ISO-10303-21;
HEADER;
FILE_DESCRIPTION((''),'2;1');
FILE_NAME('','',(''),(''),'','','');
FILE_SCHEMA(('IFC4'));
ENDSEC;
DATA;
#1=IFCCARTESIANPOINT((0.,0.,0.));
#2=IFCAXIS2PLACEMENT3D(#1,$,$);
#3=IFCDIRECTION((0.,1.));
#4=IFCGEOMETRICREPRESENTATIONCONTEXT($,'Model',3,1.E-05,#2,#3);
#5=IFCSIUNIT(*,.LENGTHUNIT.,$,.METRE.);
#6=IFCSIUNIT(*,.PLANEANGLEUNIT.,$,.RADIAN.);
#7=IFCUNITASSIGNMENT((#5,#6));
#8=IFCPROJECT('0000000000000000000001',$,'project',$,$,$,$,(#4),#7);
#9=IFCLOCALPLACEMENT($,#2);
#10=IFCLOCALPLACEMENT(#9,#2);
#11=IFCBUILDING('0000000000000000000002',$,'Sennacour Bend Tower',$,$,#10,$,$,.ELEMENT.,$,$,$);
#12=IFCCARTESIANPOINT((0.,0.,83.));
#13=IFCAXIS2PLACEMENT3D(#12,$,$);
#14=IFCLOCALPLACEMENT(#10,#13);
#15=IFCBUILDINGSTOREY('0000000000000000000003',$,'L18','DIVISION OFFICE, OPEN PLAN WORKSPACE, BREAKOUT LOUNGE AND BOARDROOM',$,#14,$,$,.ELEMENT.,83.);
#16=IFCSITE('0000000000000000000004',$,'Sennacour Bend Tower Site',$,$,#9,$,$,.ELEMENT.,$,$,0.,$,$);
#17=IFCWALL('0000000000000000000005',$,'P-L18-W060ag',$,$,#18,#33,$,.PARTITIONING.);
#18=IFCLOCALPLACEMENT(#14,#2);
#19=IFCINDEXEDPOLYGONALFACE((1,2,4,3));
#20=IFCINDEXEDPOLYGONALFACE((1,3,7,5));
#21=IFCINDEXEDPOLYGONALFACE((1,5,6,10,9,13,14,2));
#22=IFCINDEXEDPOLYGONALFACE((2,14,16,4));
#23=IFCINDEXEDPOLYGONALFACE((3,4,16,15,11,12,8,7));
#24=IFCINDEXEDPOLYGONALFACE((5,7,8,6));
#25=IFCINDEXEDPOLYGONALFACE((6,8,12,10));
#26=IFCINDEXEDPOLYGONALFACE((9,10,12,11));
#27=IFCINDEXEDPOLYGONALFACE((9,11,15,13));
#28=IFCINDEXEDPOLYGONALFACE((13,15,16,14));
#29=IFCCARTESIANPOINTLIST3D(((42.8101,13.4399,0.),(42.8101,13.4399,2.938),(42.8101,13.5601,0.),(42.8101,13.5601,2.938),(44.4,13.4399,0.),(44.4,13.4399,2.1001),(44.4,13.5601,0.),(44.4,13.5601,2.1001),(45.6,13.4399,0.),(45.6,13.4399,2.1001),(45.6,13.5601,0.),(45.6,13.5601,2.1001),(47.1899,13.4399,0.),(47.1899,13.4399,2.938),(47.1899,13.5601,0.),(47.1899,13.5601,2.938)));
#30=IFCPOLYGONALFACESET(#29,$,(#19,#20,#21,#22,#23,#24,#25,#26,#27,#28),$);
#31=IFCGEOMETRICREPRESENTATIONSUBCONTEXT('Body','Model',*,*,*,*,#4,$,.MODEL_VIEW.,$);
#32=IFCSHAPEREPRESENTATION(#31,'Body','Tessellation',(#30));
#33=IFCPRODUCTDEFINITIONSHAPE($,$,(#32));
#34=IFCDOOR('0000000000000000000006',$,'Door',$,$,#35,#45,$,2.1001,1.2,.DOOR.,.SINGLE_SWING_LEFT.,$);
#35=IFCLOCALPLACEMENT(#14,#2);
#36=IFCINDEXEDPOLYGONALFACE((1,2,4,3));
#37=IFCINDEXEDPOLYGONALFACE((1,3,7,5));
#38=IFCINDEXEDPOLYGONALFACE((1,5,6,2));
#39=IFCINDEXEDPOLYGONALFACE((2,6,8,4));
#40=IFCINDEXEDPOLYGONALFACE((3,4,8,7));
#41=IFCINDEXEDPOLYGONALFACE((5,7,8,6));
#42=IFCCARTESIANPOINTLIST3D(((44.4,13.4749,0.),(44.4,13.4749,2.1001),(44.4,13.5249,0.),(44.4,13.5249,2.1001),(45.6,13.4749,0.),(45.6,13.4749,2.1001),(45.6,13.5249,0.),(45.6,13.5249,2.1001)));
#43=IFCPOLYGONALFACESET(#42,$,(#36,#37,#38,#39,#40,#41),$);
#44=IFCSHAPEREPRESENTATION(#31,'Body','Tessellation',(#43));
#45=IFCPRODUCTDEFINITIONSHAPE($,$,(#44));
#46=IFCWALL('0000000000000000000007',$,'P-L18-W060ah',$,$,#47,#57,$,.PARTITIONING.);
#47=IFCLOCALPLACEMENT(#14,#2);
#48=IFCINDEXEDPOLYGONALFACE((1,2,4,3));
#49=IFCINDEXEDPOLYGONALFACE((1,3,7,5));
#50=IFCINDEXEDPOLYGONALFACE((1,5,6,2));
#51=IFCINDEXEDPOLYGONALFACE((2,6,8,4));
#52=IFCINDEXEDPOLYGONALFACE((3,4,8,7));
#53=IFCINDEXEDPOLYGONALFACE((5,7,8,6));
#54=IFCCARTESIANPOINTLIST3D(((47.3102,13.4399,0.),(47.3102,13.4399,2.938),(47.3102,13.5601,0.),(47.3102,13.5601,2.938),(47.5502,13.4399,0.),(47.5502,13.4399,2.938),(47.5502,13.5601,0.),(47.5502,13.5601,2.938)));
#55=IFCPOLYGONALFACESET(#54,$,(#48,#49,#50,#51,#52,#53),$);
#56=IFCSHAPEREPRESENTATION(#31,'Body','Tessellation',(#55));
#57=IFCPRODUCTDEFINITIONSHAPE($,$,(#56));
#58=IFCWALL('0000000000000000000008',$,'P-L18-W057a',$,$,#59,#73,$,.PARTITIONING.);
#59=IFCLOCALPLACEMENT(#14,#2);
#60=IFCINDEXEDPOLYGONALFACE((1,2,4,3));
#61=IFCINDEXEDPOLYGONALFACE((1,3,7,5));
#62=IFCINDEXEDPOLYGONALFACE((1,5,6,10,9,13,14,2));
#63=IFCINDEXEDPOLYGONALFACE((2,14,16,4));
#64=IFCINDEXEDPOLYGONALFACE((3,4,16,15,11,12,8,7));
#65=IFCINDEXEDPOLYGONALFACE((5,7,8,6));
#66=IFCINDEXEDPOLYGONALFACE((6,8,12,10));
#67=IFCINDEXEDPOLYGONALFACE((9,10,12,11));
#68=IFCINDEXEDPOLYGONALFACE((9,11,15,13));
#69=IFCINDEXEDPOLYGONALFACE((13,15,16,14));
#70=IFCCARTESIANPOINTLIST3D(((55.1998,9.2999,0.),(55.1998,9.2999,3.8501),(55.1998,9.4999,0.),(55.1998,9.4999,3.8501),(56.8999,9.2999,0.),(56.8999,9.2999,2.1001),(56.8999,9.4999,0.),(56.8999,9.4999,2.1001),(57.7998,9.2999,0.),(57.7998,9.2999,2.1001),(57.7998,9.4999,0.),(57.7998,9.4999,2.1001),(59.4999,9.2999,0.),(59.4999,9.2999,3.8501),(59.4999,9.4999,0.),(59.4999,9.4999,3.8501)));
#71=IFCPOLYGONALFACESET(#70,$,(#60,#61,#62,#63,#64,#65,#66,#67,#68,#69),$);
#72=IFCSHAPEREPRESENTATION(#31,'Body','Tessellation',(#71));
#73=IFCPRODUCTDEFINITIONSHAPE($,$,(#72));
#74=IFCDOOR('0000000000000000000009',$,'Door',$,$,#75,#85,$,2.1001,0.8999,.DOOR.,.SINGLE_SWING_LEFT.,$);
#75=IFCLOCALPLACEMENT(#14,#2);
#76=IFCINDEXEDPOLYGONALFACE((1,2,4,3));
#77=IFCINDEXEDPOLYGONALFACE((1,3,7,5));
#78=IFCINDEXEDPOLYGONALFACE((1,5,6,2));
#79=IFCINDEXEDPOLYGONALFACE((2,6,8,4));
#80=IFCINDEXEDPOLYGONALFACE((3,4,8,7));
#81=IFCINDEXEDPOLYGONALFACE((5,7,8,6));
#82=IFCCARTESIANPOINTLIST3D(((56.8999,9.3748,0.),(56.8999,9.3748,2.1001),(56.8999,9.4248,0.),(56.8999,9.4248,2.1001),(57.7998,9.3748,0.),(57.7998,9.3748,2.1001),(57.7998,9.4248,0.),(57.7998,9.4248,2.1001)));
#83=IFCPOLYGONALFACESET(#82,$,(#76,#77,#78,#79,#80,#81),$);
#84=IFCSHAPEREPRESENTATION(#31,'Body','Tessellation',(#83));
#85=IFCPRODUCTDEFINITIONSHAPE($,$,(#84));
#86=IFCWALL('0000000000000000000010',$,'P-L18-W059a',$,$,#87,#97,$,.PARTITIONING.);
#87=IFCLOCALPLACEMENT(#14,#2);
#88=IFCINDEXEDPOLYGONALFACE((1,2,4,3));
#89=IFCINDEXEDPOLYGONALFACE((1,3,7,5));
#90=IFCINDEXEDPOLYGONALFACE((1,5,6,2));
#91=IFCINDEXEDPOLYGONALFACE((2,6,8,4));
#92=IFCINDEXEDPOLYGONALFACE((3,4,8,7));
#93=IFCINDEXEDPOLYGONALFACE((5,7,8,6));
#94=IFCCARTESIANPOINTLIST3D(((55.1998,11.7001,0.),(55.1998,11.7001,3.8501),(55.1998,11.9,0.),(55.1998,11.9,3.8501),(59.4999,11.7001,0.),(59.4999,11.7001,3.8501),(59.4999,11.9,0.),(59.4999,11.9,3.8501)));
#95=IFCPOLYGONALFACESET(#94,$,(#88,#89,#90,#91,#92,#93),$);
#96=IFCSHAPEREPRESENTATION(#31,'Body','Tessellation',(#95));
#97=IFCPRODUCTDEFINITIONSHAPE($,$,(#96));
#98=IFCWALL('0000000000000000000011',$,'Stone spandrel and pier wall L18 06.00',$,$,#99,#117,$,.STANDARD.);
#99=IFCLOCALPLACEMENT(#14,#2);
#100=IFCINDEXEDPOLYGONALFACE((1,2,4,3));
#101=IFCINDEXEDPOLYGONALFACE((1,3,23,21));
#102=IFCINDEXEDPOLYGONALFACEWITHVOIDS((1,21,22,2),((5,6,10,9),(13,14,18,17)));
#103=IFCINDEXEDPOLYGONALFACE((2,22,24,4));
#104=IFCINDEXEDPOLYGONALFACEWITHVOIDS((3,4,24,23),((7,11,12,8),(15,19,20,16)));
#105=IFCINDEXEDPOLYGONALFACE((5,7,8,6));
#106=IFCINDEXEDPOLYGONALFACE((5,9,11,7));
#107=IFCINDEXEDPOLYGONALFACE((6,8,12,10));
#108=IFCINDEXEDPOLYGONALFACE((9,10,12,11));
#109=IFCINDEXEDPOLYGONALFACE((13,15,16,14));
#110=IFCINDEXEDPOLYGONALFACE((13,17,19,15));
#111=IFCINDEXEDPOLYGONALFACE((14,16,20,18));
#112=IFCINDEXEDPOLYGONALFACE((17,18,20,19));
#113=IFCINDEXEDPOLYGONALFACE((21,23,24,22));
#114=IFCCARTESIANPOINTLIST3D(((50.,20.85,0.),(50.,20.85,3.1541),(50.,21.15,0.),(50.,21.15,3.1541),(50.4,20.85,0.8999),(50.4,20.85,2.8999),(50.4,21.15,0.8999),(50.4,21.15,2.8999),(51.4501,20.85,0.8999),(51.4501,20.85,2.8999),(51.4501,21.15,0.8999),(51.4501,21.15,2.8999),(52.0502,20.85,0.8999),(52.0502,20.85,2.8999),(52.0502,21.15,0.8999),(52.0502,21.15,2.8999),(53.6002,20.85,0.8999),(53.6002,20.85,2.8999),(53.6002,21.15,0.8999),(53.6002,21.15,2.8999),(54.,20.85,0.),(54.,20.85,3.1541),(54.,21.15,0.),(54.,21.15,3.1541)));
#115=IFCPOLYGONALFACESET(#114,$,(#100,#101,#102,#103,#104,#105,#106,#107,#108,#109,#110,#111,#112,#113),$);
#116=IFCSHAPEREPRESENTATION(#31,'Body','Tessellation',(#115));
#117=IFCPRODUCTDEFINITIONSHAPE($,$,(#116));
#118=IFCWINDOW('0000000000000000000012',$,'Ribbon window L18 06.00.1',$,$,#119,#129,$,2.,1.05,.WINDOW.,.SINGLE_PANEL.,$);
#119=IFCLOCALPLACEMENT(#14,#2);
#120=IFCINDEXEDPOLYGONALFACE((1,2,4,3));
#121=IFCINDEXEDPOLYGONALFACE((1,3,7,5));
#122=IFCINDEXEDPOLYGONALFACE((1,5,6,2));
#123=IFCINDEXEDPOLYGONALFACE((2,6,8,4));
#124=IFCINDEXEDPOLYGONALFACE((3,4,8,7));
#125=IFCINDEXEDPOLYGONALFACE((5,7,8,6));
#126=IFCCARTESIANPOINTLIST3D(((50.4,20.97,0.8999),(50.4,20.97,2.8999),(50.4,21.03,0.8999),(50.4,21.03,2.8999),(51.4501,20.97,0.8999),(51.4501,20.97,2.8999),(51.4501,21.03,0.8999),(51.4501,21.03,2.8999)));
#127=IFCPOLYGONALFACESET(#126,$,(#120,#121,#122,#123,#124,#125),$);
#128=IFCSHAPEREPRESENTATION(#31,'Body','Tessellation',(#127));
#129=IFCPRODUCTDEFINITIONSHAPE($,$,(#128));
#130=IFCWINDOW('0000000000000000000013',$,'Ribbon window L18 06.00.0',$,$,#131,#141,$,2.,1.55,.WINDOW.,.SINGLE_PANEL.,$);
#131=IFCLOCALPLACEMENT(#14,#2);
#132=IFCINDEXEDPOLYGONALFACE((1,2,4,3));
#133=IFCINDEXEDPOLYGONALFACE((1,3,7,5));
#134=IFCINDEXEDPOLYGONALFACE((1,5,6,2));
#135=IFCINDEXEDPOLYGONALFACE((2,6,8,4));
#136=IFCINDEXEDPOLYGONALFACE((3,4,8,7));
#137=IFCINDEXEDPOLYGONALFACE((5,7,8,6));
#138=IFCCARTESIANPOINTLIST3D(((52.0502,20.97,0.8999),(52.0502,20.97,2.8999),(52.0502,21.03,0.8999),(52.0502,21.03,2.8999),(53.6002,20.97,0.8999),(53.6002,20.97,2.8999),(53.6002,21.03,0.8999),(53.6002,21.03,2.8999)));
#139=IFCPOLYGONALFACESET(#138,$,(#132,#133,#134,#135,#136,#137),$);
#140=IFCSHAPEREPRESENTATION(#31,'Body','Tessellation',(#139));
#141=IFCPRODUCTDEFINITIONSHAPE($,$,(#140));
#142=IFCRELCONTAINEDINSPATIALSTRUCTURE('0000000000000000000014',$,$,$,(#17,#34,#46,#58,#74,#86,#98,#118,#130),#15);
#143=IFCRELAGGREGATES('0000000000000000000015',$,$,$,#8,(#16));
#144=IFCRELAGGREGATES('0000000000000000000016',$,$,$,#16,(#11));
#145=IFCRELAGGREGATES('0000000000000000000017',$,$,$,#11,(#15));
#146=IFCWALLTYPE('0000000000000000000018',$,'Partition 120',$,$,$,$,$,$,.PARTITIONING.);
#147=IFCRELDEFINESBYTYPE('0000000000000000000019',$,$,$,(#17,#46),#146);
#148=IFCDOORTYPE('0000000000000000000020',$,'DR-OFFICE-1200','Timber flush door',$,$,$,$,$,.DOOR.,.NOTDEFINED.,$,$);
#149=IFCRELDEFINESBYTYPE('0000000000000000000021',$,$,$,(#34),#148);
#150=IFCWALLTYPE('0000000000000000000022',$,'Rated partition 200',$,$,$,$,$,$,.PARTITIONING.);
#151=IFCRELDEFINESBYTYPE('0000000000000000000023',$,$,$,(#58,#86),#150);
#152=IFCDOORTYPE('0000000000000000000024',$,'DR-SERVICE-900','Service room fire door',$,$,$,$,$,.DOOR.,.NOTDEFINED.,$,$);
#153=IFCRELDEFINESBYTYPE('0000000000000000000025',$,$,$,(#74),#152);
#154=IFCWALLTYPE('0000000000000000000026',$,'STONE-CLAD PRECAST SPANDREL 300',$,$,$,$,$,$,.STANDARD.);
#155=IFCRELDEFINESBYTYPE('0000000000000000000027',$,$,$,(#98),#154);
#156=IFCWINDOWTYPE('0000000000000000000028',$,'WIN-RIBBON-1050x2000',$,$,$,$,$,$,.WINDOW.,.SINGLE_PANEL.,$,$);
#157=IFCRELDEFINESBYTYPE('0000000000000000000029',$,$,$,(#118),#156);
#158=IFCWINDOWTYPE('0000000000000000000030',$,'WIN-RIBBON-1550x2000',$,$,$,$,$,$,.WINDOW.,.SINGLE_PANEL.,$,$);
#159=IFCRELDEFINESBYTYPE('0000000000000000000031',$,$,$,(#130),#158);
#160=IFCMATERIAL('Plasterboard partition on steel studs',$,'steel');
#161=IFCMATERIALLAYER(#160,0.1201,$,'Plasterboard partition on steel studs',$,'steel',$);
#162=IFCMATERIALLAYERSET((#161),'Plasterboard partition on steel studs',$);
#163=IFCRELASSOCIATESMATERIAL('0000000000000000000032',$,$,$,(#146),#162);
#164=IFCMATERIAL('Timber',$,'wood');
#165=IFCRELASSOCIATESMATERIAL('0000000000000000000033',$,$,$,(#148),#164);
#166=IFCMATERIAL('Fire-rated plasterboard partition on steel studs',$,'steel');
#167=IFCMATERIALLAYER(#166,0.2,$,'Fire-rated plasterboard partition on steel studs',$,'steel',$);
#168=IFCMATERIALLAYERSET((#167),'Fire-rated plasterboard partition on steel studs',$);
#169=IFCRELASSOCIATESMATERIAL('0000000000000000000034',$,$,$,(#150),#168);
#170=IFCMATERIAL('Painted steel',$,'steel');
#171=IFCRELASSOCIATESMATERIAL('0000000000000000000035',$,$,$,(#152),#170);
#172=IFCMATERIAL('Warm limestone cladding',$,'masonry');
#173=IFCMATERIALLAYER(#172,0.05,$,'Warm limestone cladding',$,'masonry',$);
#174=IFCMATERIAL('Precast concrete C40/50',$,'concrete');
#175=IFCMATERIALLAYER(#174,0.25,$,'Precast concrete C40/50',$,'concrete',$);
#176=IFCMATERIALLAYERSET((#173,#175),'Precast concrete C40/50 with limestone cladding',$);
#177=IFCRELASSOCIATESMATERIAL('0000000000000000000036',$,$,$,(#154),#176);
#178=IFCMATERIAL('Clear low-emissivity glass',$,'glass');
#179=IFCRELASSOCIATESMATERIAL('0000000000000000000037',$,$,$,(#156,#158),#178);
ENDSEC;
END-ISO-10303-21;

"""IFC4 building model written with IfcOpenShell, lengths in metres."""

from ifc_helpers import new_model, si_unit, direction, frame, frame_2d, origin, place, context, subcontext, project, spatial, rectangle, extrude, material, layer, layer_set, type_object, element, fill, save


model = new_model("IFC4")

# Units and contexts
model_context = context("Model", 3, precision=1e-05, world=origin(), true_north=direction((0.0, 1.0)))
body_context = subcontext(model_context, "Body", "Model", "MODEL_VIEW")
ifc_project = project(units=[si_unit("LENGTHUNIT", "METRE"), si_unit("PLANEANGLEUNIT", "RADIAN")], contexts=[model_context])

# Site, building, storey
site_placement = place(None, origin())
site = spatial("IfcSite", under=ifc_project, at=site_placement, Name="Sennacour Bend Tower Site", CompositionType="ELEMENT", RefElevation=0.0)
building_placement = place(site_placement, origin())
building = spatial("IfcBuilding", under=site, at=building_placement, Name="Sennacour Bend Tower", CompositionType="ELEMENT")
storey_placement = place(building_placement, frame((0.0, 0.0, 83.0)))
storey = spatial("IfcBuildingStorey", under=building, at=storey_placement, Name="L18", Description="DIVISION OFFICE, OPEN PLAN WORKSPACE, BREAKOUT LOUNGE AND BOARDROOM", CompositionType="ELEMENT", Elevation=83.0)

# Shared definitions
ifc_material_1 = material(Name="Plasterboard partition on steel studs", Category="steel")
ifc_layer_1 = layer(ifc_material_1, 0.1201, Name="Plasterboard partition on steel studs", Category="steel")
ifc_layer_set_1 = layer_set([ifc_layer_1], Name="Plasterboard partition on steel studs")
wall_type_1 = type_object("IfcWallType", Name="Partition 120", PredefinedType="PARTITIONING", material=ifc_layer_set_1)

# Wall, opening, door
wall_1_placement = place(storey_placement, frame((42.8101, 13.5, 0.0), z_axis=(0.0, 0.0, 1.0), x_axis=(1.0, 0.0, 0.0)))
wall_1 = element("IfcWall", 1, at=wall_1_placement, inside=storey, type_object=wall_type_1, Name="P-L18-W060ag", PredefinedType="PARTITIONING", context=body_context, shape_type="SweptSolid", body=[
    extrude(rectangle(XDim=4.3799, YDim=0.1201, at=frame_2d((2.1899, 0.0))), origin(), (0.0, 0.0, 1.0), 2.938),
])
opening_1_placement = place(wall_1_placement, frame((1.5898, 0.0, 0.0)))
opening_1 = element("IfcOpeningElement", 2, at=opening_1_placement, cuts=wall_1, PredefinedType="OPENING", context=body_context, shape_type="SweptSolid", body=[
    extrude(rectangle(XDim=1.2, YDim=2.1001, at=frame_2d((0.6001, 1.05))), frame((0.0, 0.0701, 0.0), z_axis=(0.0, -1.0, 0.0), x_axis=(1.0, 0.0, 0.0)), (0.0, 0.0, 1.0), 0.1401),
])
ifc_material_2 = material(Name="Timber", Category="wood")
door_type_1 = type_object("IfcDoorType", Name="DR-OFFICE-1200", Description="Timber flush door", OperationType="NOTDEFINED", PredefinedType="DOOR", material=ifc_material_2)
door_1_placement = place(opening_1_placement, origin())
door_1 = element("IfcDoor", 3, at=door_1_placement, inside=storey, type_object=door_type_1, Name="Door", OperationType="SINGLE_SWING_LEFT", OverallHeight=2.1001, OverallWidth=1.2, PredefinedType="DOOR", context=body_context, shape_type="SweptSolid", body=[
    extrude(rectangle(XDim=1.2, YDim=2.1001, at=frame_2d((0.6001, 1.05))), frame((0.0, 0.0249, 0.0), z_axis=(0.0, -1.0, 0.0), x_axis=(1.0, 0.0, 0.0)), (0.0, 0.0, 1.0), 0.05),
])
fill(opening_1, door_1)

# Wall
wall_2_placement = place(storey_placement, frame((47.3101, 13.5, 0.0), z_axis=(0.0, 0.0, 1.0), x_axis=(1.0, 0.0, 0.0)))
element("IfcWall", 4, at=wall_2_placement, inside=storey, type_object=wall_type_1, Name="P-L18-W060ah", PredefinedType="PARTITIONING", context=body_context, shape_type="SweptSolid", body=[
    extrude(rectangle(XDim=0.24, YDim=0.1201, at=frame_2d((0.1201, 0.0))), origin(), (0.0, 0.0, 1.0), 2.938),
])

# Wall, opening, door
ifc_material_3 = material(Name="Fire-rated plasterboard partition on steel studs", Category="steel")
ifc_layer_2 = layer(ifc_material_3, 0.2, Name="Fire-rated plasterboard partition on steel studs", Category="steel")
ifc_layer_set_2 = layer_set([ifc_layer_2], Name="Fire-rated plasterboard partition on steel studs")
wall_type_2 = type_object("IfcWallType", Name="Rated partition 200", PredefinedType="PARTITIONING", material=ifc_layer_set_2)
wall_3_placement = place(storey_placement, frame((55.2, 9.3999, 0.0), z_axis=(0.0, 0.0, 1.0), x_axis=(1.0, 0.0, 0.0)))
wall_3 = element("IfcWall", 5, at=wall_3_placement, inside=storey, type_object=wall_type_2, Name="P-L18-W057a", PredefinedType="PARTITIONING", context=body_context, shape_type="SweptSolid", body=[
    extrude(rectangle(XDim=4.3, YDim=0.2, at=frame_2d((2.1499, 0.0))), origin(), (0.0, 0.0, 1.0), 3.8501),
])
opening_2_placement = place(wall_3_placement, frame((1.7, 0.0, 0.0)))
opening_2 = element("IfcOpeningElement", 6, at=opening_2_placement, cuts=wall_3, PredefinedType="OPENING", context=body_context, shape_type="SweptSolid", body=[
    extrude(rectangle(XDim=0.8999, YDim=2.1001, at=frame_2d((0.45, 1.05))), frame((0.0, 0.1099, 0.0), z_axis=(0.0, -1.0, 0.0), x_axis=(1.0, 0.0, 0.0)), (0.0, 0.0, 1.0), 0.22),
])
ifc_material_4 = material(Name="Painted steel", Category="steel")
door_type_2 = type_object("IfcDoorType", Name="DR-SERVICE-900", Description="Service room fire door", OperationType="NOTDEFINED", PredefinedType="DOOR", material=ifc_material_4)
door_2_placement = place(opening_2_placement, origin())
door_2 = element("IfcDoor", 7, at=door_2_placement, inside=storey, type_object=door_type_2, Name="Door", OperationType="SINGLE_SWING_LEFT", OverallHeight=2.1001, OverallWidth=0.8999, PredefinedType="DOOR", context=body_context, shape_type="SweptSolid", body=[
    extrude(rectangle(XDim=0.8999, YDim=2.1001, at=frame_2d((0.45, 1.05))), frame((0.0, 0.0249, 0.0), z_axis=(0.0, -1.0, 0.0), x_axis=(1.0, 0.0, 0.0)), (0.0, 0.0, 1.0), 0.05),
])
fill(opening_2, door_2)

# Wall
wall_4_placement = place(storey_placement, frame((55.2, 11.8, 0.0), z_axis=(0.0, 0.0, 1.0), x_axis=(1.0, 0.0, 0.0)))
element("IfcWall", 8, at=wall_4_placement, inside=storey, type_object=wall_type_2, Name="P-L18-W059a", PredefinedType="PARTITIONING", context=body_context, shape_type="SweptSolid", body=[
    extrude(rectangle(XDim=4.3, YDim=0.2, at=frame_2d((2.1499, 0.0))), origin(), (0.0, 0.0, 1.0), 3.8501),
])

# Wall, openings, windows
ifc_material_5 = material(Name="Warm limestone cladding", Category="masonry")
ifc_layer_3 = layer(ifc_material_5, 0.05, Name="Warm limestone cladding", Category="masonry")
ifc_material_6 = material(Name="Precast concrete C40/50", Category="concrete")
ifc_layer_4 = layer(ifc_material_6, 0.25, Name="Precast concrete C40/50", Category="concrete")
ifc_layer_set_3 = layer_set([ifc_layer_3, ifc_layer_4], Name="Precast concrete C40/50 with limestone cladding")
wall_type_3 = type_object("IfcWallType", Name="STONE-CLAD PRECAST SPANDREL 300", PredefinedType="STANDARD", material=ifc_layer_set_3)
wall_5_placement = place(storey_placement, frame((54.0, 21.0, 0.0), z_axis=(0.0, 0.0, 1.0), x_axis=(-1.0, 0.0, 0.0)))
wall_5 = element("IfcWall", 9, at=wall_5_placement, inside=storey, type_object=wall_type_3, Name="Stone spandrel and pier wall L18 06.00", PredefinedType="STANDARD", context=body_context, shape_type="SweptSolid", body=[
    extrude(rectangle(XDim=4.0, YDim=0.3, at=frame_2d((2.0, 0.0))), origin(), (0.0, 0.0, 1.0), 3.1541),
])
opening_3_placement = place(wall_5_placement, frame((0.3999, 0.0, 0.8999)))
opening_3 = element("IfcOpeningElement", 10, at=opening_3_placement, cuts=wall_5, PredefinedType="OPENING", context=body_context, shape_type="SweptSolid", body=[
    extrude(rectangle(XDim=1.55, YDim=2.0, at=frame_2d((0.7749, 1.0))), frame((0.0, 0.1602, 0.0), z_axis=(0.0, -1.0, 0.0), x_axis=(1.0, 0.0, 0.0)), (0.0, 0.0, 1.0), 0.3201),
])
opening_4_placement = place(wall_5_placement, frame((2.55, 0.0, 0.8999)))
opening_4 = element("IfcOpeningElement", 11, at=opening_4_placement, cuts=wall_5, PredefinedType="OPENING", context=body_context, shape_type="SweptSolid", body=[
    extrude(rectangle(XDim=1.05, YDim=2.0, at=frame_2d((0.5249, 1.0))), frame((0.0, 0.1602, 0.0), z_axis=(0.0, -1.0, 0.0), x_axis=(1.0, 0.0, 0.0)), (0.0, 0.0, 1.0), 0.3201),
])
ifc_material_7 = material(Name="Clear low-emissivity glass", Category="glass")
window_type_1 = type_object("IfcWindowType", Name="WIN-RIBBON-1050x2000", PartitioningType="SINGLE_PANEL", PredefinedType="WINDOW", material=ifc_material_7)
window_1_placement = place(opening_4_placement, origin())
window_1 = element("IfcWindow", 12, at=window_1_placement, inside=storey, type_object=window_type_1, Name="Ribbon window L18 06.00.1", OverallHeight=2.0, OverallWidth=1.05, PartitioningType="SINGLE_PANEL", PredefinedType="WINDOW", context=body_context, shape_type="SweptSolid", body=[
    extrude(rectangle(XDim=1.05, YDim=2.0, at=frame_2d((0.5249, 1.0))), frame((0.0, 0.03, 0.0), z_axis=(0.0, -1.0, 0.0), x_axis=(1.0, 0.0, 0.0)), (0.0, 0.0, 1.0), 0.0601),
])
fill(opening_4, window_1)
window_type_2 = type_object("IfcWindowType", Name="WIN-RIBBON-1550x2000", PartitioningType="SINGLE_PANEL", PredefinedType="WINDOW", material=ifc_material_7)
window_2_placement = place(opening_3_placement, origin())
window_2 = element("IfcWindow", 13, at=window_2_placement, inside=storey, type_object=window_type_2, Name="Ribbon window L18 06.00.0", OverallHeight=2.0, OverallWidth=1.55, PartitioningType="SINGLE_PANEL", PredefinedType="WINDOW", context=body_context, shape_type="SweptSolid", body=[
    extrude(rectangle(XDim=1.55, YDim=2.0, at=frame_2d((0.7749, 1.0))), frame((0.0, 0.03, 0.0), z_axis=(0.0, -1.0, 0.0), x_axis=(1.0, 0.0, 0.0)), (0.0, 0.0, 1.0), 0.0601),
])
fill(opening_3, window_2)

save(model, "model.ifc")
